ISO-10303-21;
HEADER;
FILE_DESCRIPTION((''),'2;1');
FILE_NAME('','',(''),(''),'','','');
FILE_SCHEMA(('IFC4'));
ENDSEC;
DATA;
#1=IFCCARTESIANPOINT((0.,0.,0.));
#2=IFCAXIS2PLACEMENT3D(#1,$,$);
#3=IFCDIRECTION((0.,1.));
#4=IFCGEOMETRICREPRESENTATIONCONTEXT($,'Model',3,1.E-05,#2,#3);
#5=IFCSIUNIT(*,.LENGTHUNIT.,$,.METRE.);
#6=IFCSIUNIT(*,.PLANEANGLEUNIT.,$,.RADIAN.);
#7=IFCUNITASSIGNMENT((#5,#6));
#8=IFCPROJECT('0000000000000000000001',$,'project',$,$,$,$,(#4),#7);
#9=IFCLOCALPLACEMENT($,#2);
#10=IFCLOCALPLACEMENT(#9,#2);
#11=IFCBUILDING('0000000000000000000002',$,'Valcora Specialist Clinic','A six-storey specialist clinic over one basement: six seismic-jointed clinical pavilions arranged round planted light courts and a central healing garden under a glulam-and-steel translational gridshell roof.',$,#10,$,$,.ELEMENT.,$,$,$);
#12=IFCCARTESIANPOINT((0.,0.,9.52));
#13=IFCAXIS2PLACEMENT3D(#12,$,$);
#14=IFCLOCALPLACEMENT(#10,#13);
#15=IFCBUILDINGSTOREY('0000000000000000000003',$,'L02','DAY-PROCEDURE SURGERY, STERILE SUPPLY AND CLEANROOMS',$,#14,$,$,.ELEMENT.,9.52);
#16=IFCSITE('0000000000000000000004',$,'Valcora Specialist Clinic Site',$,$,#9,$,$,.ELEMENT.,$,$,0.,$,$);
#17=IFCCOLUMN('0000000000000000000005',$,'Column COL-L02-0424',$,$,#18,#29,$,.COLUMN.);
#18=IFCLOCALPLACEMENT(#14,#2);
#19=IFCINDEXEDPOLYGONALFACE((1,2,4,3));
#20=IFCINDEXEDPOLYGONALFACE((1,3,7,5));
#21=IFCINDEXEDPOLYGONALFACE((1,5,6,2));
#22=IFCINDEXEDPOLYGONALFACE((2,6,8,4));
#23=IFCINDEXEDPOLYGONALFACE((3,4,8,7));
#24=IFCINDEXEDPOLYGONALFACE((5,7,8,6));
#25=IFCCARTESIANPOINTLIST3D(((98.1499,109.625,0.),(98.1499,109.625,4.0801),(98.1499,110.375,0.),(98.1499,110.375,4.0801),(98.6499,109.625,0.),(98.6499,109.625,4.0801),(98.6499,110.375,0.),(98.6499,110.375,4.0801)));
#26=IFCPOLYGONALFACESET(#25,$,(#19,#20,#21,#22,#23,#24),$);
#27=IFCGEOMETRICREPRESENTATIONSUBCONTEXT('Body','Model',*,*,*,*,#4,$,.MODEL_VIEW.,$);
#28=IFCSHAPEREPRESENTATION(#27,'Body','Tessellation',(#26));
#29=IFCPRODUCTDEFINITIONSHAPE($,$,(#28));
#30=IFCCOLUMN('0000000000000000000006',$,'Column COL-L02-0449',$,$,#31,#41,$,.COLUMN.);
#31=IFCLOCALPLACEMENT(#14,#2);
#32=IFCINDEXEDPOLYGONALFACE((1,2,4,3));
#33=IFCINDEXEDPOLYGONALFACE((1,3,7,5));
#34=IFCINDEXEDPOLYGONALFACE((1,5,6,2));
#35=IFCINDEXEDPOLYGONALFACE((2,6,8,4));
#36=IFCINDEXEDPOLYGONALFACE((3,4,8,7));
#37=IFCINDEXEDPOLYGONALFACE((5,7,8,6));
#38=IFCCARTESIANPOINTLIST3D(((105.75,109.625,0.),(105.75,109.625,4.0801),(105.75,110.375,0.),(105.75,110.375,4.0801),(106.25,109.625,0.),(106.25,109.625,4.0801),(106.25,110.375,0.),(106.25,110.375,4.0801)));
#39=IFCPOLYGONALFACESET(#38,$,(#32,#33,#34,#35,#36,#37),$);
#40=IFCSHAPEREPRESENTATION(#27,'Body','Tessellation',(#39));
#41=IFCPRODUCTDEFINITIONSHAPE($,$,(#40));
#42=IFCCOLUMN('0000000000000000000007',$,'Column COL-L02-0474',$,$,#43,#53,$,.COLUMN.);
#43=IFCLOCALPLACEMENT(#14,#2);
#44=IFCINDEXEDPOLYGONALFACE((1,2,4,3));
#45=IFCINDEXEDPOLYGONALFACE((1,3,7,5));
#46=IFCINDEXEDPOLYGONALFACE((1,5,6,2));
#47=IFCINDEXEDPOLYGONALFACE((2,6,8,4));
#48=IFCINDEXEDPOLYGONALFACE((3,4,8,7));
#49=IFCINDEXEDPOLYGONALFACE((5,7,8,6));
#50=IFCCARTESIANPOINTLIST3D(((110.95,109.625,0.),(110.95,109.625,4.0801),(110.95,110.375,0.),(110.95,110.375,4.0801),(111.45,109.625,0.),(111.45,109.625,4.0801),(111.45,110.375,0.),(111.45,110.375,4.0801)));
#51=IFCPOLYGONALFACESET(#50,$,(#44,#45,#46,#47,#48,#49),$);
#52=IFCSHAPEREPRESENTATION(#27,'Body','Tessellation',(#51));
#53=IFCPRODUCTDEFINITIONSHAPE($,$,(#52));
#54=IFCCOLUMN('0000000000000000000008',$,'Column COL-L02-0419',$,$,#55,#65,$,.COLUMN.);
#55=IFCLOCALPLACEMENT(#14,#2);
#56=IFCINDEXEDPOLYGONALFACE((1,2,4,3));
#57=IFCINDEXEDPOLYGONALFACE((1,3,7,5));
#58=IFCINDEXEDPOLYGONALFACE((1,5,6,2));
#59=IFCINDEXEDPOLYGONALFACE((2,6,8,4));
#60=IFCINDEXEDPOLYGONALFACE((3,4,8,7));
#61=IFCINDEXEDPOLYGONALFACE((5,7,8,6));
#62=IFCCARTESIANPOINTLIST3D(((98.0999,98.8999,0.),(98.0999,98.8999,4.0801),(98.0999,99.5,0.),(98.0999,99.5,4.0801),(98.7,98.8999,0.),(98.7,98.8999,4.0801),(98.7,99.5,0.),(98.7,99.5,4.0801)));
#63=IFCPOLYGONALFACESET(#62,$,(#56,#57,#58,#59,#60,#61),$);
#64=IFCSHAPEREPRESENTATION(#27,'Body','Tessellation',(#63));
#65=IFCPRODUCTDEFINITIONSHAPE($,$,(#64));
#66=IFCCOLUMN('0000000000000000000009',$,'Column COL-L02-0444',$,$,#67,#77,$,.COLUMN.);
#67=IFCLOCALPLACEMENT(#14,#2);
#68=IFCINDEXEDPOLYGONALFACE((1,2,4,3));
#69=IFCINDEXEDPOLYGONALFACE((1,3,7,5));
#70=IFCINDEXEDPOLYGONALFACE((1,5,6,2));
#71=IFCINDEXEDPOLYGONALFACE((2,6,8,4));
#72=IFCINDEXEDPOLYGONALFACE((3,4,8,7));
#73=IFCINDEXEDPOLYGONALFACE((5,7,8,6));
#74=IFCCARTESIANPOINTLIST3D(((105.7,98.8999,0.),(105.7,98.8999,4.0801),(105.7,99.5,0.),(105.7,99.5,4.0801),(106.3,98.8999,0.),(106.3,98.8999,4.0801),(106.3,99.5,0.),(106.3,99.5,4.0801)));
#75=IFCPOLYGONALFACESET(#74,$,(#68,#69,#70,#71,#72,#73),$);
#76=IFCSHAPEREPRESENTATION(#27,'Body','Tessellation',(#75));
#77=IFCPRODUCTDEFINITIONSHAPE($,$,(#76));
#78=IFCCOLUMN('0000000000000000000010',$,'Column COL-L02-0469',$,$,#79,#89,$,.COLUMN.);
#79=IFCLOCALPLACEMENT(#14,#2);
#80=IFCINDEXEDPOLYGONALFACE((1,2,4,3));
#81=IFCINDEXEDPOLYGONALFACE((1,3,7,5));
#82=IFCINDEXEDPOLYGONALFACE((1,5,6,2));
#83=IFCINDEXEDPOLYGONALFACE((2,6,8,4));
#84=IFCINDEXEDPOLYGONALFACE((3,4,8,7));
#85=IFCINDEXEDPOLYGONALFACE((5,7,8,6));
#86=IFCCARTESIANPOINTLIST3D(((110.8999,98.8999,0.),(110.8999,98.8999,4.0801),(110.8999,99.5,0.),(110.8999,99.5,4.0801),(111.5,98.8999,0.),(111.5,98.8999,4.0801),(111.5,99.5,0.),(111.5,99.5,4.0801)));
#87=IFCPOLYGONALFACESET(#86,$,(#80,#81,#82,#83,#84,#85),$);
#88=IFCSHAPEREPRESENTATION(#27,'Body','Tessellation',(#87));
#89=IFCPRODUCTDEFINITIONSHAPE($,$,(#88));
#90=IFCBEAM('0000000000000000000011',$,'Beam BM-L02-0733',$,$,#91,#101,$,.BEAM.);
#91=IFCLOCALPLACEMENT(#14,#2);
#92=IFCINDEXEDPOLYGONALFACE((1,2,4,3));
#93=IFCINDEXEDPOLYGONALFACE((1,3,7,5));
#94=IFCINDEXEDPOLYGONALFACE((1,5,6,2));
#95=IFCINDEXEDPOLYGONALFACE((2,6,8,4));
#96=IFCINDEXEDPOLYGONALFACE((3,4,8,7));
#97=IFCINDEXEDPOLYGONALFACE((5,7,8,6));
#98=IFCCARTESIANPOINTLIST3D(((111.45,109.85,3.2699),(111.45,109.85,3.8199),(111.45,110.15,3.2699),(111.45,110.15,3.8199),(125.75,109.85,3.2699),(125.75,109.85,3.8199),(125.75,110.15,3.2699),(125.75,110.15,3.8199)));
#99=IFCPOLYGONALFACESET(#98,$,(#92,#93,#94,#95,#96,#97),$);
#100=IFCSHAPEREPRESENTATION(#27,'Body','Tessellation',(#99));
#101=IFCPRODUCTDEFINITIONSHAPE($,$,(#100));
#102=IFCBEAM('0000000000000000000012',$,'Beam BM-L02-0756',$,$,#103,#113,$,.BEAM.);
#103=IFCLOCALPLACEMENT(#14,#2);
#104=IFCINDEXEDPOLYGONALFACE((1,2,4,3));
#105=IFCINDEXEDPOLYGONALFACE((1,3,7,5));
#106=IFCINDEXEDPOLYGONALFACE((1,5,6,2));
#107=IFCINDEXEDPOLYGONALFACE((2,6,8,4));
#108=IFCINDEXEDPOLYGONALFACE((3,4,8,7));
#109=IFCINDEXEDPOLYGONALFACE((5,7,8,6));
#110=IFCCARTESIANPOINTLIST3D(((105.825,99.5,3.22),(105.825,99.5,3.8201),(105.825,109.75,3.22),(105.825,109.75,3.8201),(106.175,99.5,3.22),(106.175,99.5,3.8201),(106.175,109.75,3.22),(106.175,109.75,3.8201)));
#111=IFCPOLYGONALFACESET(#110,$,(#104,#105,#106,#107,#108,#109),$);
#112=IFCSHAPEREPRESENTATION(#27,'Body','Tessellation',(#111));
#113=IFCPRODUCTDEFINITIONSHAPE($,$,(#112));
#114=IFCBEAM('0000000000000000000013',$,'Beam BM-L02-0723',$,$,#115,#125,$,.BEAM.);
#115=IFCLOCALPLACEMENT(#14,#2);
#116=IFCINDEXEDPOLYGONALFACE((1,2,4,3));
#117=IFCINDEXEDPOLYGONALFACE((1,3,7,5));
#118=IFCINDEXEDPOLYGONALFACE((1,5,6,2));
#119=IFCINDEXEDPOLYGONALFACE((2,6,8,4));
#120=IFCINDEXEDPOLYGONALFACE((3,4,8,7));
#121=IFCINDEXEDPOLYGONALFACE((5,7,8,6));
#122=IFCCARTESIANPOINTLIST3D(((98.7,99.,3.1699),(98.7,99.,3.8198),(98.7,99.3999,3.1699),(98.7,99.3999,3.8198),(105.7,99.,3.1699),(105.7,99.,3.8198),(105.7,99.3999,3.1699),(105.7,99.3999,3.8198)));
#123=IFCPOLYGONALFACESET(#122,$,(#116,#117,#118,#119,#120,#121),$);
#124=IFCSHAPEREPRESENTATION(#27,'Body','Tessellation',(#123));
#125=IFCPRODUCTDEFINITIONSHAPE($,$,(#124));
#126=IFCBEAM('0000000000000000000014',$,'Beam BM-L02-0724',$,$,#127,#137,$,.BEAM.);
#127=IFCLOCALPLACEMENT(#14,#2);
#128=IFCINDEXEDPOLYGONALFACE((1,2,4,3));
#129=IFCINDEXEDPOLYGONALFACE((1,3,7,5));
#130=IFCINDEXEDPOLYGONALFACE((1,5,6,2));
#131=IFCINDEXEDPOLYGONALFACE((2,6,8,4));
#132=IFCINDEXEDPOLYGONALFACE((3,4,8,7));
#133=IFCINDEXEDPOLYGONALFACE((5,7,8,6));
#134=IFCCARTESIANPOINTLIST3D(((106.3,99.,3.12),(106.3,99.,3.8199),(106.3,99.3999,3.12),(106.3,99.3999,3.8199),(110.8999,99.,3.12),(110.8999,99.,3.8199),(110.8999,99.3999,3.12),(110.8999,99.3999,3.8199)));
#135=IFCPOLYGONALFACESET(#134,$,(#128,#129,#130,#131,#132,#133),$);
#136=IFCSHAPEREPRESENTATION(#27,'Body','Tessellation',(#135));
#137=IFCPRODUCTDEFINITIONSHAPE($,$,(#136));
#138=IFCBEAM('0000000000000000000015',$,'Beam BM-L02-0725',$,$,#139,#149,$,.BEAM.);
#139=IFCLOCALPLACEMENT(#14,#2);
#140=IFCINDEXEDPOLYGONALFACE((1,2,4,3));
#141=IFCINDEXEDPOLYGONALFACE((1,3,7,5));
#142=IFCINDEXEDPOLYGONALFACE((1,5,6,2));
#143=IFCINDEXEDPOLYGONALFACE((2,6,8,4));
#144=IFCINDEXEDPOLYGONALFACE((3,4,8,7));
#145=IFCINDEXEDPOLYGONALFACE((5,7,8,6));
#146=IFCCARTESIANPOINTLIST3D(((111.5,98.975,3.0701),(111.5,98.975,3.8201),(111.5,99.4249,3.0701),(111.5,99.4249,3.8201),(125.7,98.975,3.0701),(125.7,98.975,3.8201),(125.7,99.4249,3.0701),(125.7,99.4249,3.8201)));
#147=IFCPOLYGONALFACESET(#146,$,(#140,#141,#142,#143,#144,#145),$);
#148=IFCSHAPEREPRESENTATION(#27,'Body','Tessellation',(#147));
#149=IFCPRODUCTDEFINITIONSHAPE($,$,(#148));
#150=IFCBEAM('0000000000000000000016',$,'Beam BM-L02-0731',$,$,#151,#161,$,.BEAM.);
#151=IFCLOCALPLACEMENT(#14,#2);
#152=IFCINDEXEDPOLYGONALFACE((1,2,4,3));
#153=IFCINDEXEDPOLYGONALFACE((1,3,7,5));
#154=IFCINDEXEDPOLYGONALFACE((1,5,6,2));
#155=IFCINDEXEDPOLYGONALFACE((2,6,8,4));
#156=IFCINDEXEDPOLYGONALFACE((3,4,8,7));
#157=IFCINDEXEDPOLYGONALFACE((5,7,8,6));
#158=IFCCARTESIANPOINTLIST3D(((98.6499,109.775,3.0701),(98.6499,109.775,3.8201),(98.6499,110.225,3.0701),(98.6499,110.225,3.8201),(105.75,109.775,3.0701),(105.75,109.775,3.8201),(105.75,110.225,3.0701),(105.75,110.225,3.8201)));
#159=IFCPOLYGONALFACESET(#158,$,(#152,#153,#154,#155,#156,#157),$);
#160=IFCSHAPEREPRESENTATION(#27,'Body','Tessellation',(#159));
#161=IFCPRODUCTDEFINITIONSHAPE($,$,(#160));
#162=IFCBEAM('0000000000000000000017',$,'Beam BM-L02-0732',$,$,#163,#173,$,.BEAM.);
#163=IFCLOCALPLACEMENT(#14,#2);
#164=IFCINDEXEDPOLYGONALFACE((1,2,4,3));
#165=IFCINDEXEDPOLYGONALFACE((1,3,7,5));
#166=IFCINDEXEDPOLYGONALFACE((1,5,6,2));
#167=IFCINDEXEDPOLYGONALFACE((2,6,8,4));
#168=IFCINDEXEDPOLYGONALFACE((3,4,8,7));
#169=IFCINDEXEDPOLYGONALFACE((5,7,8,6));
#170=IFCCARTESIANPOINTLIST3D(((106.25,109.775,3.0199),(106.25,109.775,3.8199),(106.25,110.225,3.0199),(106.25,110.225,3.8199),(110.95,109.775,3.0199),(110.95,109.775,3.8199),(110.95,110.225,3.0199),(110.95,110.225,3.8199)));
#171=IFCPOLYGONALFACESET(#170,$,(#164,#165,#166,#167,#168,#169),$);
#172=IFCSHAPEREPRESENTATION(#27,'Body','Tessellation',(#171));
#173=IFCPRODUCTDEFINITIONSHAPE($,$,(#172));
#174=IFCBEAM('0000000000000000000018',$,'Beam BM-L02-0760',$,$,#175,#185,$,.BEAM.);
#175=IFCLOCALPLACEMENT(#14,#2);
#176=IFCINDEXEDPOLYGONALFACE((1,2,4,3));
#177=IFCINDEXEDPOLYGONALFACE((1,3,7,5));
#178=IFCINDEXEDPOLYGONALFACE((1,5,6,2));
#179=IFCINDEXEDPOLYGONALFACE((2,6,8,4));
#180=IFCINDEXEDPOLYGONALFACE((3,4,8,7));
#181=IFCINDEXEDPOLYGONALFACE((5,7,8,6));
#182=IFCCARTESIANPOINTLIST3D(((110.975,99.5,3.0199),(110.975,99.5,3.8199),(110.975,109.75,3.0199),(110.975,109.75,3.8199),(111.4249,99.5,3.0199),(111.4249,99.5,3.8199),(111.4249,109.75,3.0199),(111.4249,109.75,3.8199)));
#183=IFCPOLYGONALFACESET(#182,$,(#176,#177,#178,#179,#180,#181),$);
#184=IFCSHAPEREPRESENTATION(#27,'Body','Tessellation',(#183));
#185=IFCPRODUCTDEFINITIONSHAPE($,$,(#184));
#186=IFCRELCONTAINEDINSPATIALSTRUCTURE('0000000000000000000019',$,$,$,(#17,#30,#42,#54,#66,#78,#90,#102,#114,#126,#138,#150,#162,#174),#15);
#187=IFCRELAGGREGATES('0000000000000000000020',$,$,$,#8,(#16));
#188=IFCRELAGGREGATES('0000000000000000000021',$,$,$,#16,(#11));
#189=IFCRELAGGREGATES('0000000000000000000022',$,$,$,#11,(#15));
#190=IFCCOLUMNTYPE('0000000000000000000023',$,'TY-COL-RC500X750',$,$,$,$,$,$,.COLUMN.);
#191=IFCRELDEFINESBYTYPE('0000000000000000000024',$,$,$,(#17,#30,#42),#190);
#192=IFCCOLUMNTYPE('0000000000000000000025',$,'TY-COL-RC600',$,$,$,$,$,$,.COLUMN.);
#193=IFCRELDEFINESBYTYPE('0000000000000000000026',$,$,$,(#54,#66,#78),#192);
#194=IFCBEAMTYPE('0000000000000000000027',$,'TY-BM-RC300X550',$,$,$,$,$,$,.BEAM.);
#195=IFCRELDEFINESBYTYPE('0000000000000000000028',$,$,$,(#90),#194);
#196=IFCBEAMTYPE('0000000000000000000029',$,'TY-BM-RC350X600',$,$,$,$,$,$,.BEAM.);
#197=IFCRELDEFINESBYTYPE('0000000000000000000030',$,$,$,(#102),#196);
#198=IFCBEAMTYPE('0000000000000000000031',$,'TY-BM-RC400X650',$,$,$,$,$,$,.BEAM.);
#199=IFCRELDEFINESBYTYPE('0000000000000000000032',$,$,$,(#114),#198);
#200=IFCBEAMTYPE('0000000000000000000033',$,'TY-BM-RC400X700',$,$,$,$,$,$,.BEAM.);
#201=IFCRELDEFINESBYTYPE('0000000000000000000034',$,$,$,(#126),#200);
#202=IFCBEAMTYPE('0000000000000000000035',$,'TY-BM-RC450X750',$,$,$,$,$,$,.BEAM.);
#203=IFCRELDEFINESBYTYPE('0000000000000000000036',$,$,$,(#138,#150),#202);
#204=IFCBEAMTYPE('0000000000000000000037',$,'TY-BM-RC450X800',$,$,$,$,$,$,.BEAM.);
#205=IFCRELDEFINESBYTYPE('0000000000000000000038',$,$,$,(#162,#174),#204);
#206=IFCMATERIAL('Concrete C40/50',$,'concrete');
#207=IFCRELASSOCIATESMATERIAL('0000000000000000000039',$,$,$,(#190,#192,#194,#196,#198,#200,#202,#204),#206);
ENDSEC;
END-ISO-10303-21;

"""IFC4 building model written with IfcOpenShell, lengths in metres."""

from ifc_helpers import new_model, si_unit, direction, frame, origin, origin_2d, place, context, subcontext, project, spatial, rectangle, extrude, material, material_profile, profile_set, type_object, element, save


model = new_model("IFC4")

# Units and contexts
model_context = context("Model", 3, precision=1e-05, world=origin(), true_north=direction((0.0, 1.0)))
body_context = subcontext(model_context, "Body", "Model", "MODEL_VIEW")
ifc_project = project(units=[si_unit("LENGTHUNIT", "METRE"), si_unit("PLANEANGLEUNIT", "RADIAN")], contexts=[model_context])

# Site, building, storey
site_placement = place(None, origin())
site = spatial("IfcSite", under=ifc_project, at=site_placement, Name="Valcora Specialist Clinic Site", CompositionType="ELEMENT", RefElevation=0.0)
building_placement = place(site_placement, origin())
building = spatial("IfcBuilding", under=site, at=building_placement, Name="Valcora Specialist Clinic", Description="A six-storey specialist clinic over one basement: six seismic-jointed clinical pavilions arranged round planted light courts and a central healing garden under a glulam-and-steel translational gridshell roof.", CompositionType="ELEMENT")
storey_placement = place(building_placement, frame((0.0, 0.0, 9.52)))
storey = spatial("IfcBuildingStorey", under=building, at=storey_placement, Name="L02", Description="DAY-PROCEDURE SURGERY, STERILE SUPPLY AND CLEANROOMS", CompositionType="ELEMENT", Elevation=9.52)

# Columns
ifc_material_1 = material(Name="Concrete C40/50", Category="concrete")
ifc_material_profile_1 = material_profile(ifc_material_1, rectangle(XDim=0.5, YDim=0.75, at=origin_2d()), Name="RC-COL-500X750")
ifc_profile_set_1 = profile_set([ifc_material_profile_1], Name="Concrete C40/50")
column_type_1 = type_object("IfcColumnType", Name="TY-COL-RC500X750", PredefinedType="COLUMN", material=ifc_profile_set_1)
for number, where, z_axis, x_axis, name in (
    (1, (98.3999, 110.0, 0.0), (0.0, 0.0, 1.0), (1.0, 0.0, 0.0), "Column COL-L02-0424"),
    (2, (106.0, 110.0, 0.0), (0.0, 0.0, 1.0), (1.0, 0.0, 0.0), "Column COL-L02-0449"),
    (3, (111.2, 110.0, 0.0), (0.0, 0.0, 1.0), (1.0, 0.0, 0.0), "Column COL-L02-0474"),
):
    element("IfcColumn", number, at=place(storey_placement, frame(where, z_axis=z_axis, x_axis=x_axis)), inside=storey, type_object=column_type_1, Name=name, PredefinedType="COLUMN", context=body_context, shape_type="SweptSolid", body=[
        extrude(rectangle(XDim=0.5, YDim=0.75, at=origin_2d()), origin(), (0.0, 0.0, 1.0), 4.0801),
    ])
ifc_material_profile_2 = material_profile(ifc_material_1, rectangle(XDim=0.6001, YDim=0.6001, at=origin_2d()), Name="RC-COL-600X600")
ifc_profile_set_2 = profile_set([ifc_material_profile_2], Name="Concrete C40/50")
column_type_2 = type_object("IfcColumnType", Name="TY-COL-RC600", PredefinedType="COLUMN", material=ifc_profile_set_2)
for number, where, z_axis, x_axis, name in (
    (4, (98.3999, 99.2, 0.0), (0.0, 0.0, 1.0), (1.0, 0.0, 0.0), "Column COL-L02-0419"),
    (5, (106.0, 99.2, 0.0), (0.0, 0.0, 1.0), (1.0, 0.0, 0.0), "Column COL-L02-0444"),
    (6, (111.2, 99.2, 0.0), (0.0, 0.0, 1.0), (1.0, 0.0, 0.0), "Column COL-L02-0469"),
):
    element("IfcColumn", number, at=place(storey_placement, frame(where, z_axis=z_axis, x_axis=x_axis)), inside=storey, type_object=column_type_2, Name=name, PredefinedType="COLUMN", context=body_context, shape_type="SweptSolid", body=[
        extrude(rectangle(XDim=0.6001, YDim=0.6001, at=origin_2d()), origin(), (0.0, 0.0, 1.0), 4.0801),
    ])

# Beams
ifc_material_profile_3 = material_profile(ifc_material_1, rectangle(XDim=0.3, YDim=0.55, at=origin_2d()), Name="RC-BM-300X550")
ifc_profile_set_3 = profile_set([ifc_material_profile_3], Name="Concrete C40/50")
beam_type_1 = type_object("IfcBeamType", Name="TY-BM-RC300X550", PredefinedType="BEAM", material=ifc_profile_set_3)
beam_1_placement = place(storey_placement, frame((111.45, 110.0, 3.5449), z_axis=(1.0, 0.0, 0.0), x_axis=(0.0, 1.0, 0.0)))
element("IfcBeam", 7, at=beam_1_placement, inside=storey, type_object=beam_type_1, Name="Beam BM-L02-0733", PredefinedType="BEAM", context=body_context, shape_type="SweptSolid", body=[
    extrude(rectangle(XDim=0.3, YDim=0.55, at=origin_2d()), origin(), (0.0, 0.0, 1.0), 14.3),
])
ifc_material_profile_4 = material_profile(ifc_material_1, rectangle(XDim=0.3501, YDim=0.6001, at=origin_2d()), Name="RC-BM-350X600")
ifc_profile_set_4 = profile_set([ifc_material_profile_4], Name="Concrete C40/50")
beam_type_2 = type_object("IfcBeamType", Name="TY-BM-RC350X600", PredefinedType="BEAM", material=ifc_profile_set_4)
beam_2_placement = place(storey_placement, frame((106.0, 99.5, 3.52), z_axis=(0.0, 1.0, 0.0), x_axis=(-1.0, 0.0, 0.0)))
element("IfcBeam", 8, at=beam_2_placement, inside=storey, type_object=beam_type_2, Name="Beam BM-L02-0756", PredefinedType="BEAM", context=body_context, shape_type="SweptSolid", body=[
    extrude(rectangle(XDim=0.3501, YDim=0.6001, at=origin_2d()), origin(), (0.0, 0.0, 1.0), 10.25),
])
ifc_material_profile_5 = material_profile(ifc_material_1, rectangle(XDim=0.3999, YDim=0.6499, at=origin_2d()), Name="RC-BM-400X650")
ifc_profile_set_5 = profile_set([ifc_material_profile_5], Name="Concrete C40/50")
beam_type_3 = type_object("IfcBeamType", Name="TY-BM-RC400X650", PredefinedType="BEAM", material=ifc_profile_set_5)
beam_3_placement = place(storey_placement, frame((98.7, 99.2, 3.4949), z_axis=(1.0, 0.0, 0.0), x_axis=(0.0, 1.0, 0.0)))
element("IfcBeam", 9, at=beam_3_placement, inside=storey, type_object=beam_type_3, Name="Beam BM-L02-0723", PredefinedType="BEAM", context=body_context, shape_type="SweptSolid", body=[
    extrude(rectangle(XDim=0.3999, YDim=0.6499, at=origin_2d()), origin(), (0.0, 0.0, 1.0), 7.0),
])
ifc_material_profile_6 = material_profile(ifc_material_1, rectangle(XDim=0.3999, YDim=0.7, at=origin_2d()), Name="RC-BM-400X700")
ifc_profile_set_6 = profile_set([ifc_material_profile_6], Name="Concrete C40/50")
beam_type_4 = type_object("IfcBeamType", Name="TY-BM-RC400X700", PredefinedType="BEAM", material=ifc_profile_set_6)
beam_4_placement = place(storey_placement, frame((106.3, 99.2, 3.47), z_axis=(1.0, 0.0, 0.0), x_axis=(0.0, 1.0, 0.0)))
element("IfcBeam", 10, at=beam_4_placement, inside=storey, type_object=beam_type_4, Name="Beam BM-L02-0724", PredefinedType="BEAM", context=body_context, shape_type="SweptSolid", body=[
    extrude(rectangle(XDim=0.3999, YDim=0.7, at=origin_2d()), origin(), (0.0, 0.0, 1.0), 4.5999),
])
ifc_material_profile_7 = material_profile(ifc_material_1, rectangle(XDim=0.45, YDim=0.75, at=origin_2d()), Name="RC-BM-450X750")
ifc_profile_set_7 = profile_set([ifc_material_profile_7], Name="Concrete C40/50")
beam_type_5 = type_object("IfcBeamType", Name="TY-BM-RC450X750", PredefinedType="BEAM", material=ifc_profile_set_7)
beam_5_placement = place(storey_placement, frame((111.5, 99.2, 3.4451), z_axis=(1.0, 0.0, 0.0), x_axis=(0.0, 1.0, 0.0)))
element("IfcBeam", 11, at=beam_5_placement, inside=storey, type_object=beam_type_5, Name="Beam BM-L02-0725", PredefinedType="BEAM", context=body_context, shape_type="SweptSolid", body=[
    extrude(rectangle(XDim=0.45, YDim=0.75, at=origin_2d()), origin(), (0.0, 0.0, 1.0), 14.2),
])
beam_6_placement = place(storey_placement, frame((98.6499, 110.0, 3.4451), z_axis=(1.0, 0.0, 0.0), x_axis=(0.0, 1.0, 0.0)))
element("IfcBeam", 12, at=beam_6_placement, inside=storey, type_object=beam_type_5, Name="Beam BM-L02-0731", PredefinedType="BEAM", context=body_context, shape_type="SweptSolid", body=[
    extrude(rectangle(XDim=0.45, YDim=0.75, at=origin_2d()), origin(), (0.0, 0.0, 1.0), 7.1001),
])
ifc_material_profile_8 = material_profile(ifc_material_1, rectangle(XDim=0.45, YDim=0.8, at=origin_2d()), Name="RC-BM-450X800")
ifc_profile_set_8 = profile_set([ifc_material_profile_8], Name="Concrete C40/50")
beam_type_6 = type_object("IfcBeamType", Name="TY-BM-RC450X800", PredefinedType="BEAM", material=ifc_profile_set_8)
beam_7_placement = place(storey_placement, frame((106.25, 110.0, 3.4199), z_axis=(1.0, 0.0, 0.0), x_axis=(0.0, 1.0, 0.0)))
element("IfcBeam", 13, at=beam_7_placement, inside=storey, type_object=beam_type_6, Name="Beam BM-L02-0732", PredefinedType="BEAM", context=body_context, shape_type="SweptSolid", body=[
    extrude(rectangle(XDim=0.45, YDim=0.8, at=origin_2d()), origin(), (0.0, 0.0, 1.0), 4.7),
])
beam_8_placement = place(storey_placement, frame((111.2, 99.5, 3.4199), z_axis=(0.0, 1.0, 0.0), x_axis=(-1.0, 0.0, 0.0)))
element("IfcBeam", 14, at=beam_8_placement, inside=storey, type_object=beam_type_6, Name="Beam BM-L02-0760", PredefinedType="BEAM", context=body_context, shape_type="SweptSolid", body=[
    extrude(rectangle(XDim=0.45, YDim=0.8, at=origin_2d()), origin(), (0.0, 0.0, 1.0), 10.25),
])

save(model, "model.ifc")
